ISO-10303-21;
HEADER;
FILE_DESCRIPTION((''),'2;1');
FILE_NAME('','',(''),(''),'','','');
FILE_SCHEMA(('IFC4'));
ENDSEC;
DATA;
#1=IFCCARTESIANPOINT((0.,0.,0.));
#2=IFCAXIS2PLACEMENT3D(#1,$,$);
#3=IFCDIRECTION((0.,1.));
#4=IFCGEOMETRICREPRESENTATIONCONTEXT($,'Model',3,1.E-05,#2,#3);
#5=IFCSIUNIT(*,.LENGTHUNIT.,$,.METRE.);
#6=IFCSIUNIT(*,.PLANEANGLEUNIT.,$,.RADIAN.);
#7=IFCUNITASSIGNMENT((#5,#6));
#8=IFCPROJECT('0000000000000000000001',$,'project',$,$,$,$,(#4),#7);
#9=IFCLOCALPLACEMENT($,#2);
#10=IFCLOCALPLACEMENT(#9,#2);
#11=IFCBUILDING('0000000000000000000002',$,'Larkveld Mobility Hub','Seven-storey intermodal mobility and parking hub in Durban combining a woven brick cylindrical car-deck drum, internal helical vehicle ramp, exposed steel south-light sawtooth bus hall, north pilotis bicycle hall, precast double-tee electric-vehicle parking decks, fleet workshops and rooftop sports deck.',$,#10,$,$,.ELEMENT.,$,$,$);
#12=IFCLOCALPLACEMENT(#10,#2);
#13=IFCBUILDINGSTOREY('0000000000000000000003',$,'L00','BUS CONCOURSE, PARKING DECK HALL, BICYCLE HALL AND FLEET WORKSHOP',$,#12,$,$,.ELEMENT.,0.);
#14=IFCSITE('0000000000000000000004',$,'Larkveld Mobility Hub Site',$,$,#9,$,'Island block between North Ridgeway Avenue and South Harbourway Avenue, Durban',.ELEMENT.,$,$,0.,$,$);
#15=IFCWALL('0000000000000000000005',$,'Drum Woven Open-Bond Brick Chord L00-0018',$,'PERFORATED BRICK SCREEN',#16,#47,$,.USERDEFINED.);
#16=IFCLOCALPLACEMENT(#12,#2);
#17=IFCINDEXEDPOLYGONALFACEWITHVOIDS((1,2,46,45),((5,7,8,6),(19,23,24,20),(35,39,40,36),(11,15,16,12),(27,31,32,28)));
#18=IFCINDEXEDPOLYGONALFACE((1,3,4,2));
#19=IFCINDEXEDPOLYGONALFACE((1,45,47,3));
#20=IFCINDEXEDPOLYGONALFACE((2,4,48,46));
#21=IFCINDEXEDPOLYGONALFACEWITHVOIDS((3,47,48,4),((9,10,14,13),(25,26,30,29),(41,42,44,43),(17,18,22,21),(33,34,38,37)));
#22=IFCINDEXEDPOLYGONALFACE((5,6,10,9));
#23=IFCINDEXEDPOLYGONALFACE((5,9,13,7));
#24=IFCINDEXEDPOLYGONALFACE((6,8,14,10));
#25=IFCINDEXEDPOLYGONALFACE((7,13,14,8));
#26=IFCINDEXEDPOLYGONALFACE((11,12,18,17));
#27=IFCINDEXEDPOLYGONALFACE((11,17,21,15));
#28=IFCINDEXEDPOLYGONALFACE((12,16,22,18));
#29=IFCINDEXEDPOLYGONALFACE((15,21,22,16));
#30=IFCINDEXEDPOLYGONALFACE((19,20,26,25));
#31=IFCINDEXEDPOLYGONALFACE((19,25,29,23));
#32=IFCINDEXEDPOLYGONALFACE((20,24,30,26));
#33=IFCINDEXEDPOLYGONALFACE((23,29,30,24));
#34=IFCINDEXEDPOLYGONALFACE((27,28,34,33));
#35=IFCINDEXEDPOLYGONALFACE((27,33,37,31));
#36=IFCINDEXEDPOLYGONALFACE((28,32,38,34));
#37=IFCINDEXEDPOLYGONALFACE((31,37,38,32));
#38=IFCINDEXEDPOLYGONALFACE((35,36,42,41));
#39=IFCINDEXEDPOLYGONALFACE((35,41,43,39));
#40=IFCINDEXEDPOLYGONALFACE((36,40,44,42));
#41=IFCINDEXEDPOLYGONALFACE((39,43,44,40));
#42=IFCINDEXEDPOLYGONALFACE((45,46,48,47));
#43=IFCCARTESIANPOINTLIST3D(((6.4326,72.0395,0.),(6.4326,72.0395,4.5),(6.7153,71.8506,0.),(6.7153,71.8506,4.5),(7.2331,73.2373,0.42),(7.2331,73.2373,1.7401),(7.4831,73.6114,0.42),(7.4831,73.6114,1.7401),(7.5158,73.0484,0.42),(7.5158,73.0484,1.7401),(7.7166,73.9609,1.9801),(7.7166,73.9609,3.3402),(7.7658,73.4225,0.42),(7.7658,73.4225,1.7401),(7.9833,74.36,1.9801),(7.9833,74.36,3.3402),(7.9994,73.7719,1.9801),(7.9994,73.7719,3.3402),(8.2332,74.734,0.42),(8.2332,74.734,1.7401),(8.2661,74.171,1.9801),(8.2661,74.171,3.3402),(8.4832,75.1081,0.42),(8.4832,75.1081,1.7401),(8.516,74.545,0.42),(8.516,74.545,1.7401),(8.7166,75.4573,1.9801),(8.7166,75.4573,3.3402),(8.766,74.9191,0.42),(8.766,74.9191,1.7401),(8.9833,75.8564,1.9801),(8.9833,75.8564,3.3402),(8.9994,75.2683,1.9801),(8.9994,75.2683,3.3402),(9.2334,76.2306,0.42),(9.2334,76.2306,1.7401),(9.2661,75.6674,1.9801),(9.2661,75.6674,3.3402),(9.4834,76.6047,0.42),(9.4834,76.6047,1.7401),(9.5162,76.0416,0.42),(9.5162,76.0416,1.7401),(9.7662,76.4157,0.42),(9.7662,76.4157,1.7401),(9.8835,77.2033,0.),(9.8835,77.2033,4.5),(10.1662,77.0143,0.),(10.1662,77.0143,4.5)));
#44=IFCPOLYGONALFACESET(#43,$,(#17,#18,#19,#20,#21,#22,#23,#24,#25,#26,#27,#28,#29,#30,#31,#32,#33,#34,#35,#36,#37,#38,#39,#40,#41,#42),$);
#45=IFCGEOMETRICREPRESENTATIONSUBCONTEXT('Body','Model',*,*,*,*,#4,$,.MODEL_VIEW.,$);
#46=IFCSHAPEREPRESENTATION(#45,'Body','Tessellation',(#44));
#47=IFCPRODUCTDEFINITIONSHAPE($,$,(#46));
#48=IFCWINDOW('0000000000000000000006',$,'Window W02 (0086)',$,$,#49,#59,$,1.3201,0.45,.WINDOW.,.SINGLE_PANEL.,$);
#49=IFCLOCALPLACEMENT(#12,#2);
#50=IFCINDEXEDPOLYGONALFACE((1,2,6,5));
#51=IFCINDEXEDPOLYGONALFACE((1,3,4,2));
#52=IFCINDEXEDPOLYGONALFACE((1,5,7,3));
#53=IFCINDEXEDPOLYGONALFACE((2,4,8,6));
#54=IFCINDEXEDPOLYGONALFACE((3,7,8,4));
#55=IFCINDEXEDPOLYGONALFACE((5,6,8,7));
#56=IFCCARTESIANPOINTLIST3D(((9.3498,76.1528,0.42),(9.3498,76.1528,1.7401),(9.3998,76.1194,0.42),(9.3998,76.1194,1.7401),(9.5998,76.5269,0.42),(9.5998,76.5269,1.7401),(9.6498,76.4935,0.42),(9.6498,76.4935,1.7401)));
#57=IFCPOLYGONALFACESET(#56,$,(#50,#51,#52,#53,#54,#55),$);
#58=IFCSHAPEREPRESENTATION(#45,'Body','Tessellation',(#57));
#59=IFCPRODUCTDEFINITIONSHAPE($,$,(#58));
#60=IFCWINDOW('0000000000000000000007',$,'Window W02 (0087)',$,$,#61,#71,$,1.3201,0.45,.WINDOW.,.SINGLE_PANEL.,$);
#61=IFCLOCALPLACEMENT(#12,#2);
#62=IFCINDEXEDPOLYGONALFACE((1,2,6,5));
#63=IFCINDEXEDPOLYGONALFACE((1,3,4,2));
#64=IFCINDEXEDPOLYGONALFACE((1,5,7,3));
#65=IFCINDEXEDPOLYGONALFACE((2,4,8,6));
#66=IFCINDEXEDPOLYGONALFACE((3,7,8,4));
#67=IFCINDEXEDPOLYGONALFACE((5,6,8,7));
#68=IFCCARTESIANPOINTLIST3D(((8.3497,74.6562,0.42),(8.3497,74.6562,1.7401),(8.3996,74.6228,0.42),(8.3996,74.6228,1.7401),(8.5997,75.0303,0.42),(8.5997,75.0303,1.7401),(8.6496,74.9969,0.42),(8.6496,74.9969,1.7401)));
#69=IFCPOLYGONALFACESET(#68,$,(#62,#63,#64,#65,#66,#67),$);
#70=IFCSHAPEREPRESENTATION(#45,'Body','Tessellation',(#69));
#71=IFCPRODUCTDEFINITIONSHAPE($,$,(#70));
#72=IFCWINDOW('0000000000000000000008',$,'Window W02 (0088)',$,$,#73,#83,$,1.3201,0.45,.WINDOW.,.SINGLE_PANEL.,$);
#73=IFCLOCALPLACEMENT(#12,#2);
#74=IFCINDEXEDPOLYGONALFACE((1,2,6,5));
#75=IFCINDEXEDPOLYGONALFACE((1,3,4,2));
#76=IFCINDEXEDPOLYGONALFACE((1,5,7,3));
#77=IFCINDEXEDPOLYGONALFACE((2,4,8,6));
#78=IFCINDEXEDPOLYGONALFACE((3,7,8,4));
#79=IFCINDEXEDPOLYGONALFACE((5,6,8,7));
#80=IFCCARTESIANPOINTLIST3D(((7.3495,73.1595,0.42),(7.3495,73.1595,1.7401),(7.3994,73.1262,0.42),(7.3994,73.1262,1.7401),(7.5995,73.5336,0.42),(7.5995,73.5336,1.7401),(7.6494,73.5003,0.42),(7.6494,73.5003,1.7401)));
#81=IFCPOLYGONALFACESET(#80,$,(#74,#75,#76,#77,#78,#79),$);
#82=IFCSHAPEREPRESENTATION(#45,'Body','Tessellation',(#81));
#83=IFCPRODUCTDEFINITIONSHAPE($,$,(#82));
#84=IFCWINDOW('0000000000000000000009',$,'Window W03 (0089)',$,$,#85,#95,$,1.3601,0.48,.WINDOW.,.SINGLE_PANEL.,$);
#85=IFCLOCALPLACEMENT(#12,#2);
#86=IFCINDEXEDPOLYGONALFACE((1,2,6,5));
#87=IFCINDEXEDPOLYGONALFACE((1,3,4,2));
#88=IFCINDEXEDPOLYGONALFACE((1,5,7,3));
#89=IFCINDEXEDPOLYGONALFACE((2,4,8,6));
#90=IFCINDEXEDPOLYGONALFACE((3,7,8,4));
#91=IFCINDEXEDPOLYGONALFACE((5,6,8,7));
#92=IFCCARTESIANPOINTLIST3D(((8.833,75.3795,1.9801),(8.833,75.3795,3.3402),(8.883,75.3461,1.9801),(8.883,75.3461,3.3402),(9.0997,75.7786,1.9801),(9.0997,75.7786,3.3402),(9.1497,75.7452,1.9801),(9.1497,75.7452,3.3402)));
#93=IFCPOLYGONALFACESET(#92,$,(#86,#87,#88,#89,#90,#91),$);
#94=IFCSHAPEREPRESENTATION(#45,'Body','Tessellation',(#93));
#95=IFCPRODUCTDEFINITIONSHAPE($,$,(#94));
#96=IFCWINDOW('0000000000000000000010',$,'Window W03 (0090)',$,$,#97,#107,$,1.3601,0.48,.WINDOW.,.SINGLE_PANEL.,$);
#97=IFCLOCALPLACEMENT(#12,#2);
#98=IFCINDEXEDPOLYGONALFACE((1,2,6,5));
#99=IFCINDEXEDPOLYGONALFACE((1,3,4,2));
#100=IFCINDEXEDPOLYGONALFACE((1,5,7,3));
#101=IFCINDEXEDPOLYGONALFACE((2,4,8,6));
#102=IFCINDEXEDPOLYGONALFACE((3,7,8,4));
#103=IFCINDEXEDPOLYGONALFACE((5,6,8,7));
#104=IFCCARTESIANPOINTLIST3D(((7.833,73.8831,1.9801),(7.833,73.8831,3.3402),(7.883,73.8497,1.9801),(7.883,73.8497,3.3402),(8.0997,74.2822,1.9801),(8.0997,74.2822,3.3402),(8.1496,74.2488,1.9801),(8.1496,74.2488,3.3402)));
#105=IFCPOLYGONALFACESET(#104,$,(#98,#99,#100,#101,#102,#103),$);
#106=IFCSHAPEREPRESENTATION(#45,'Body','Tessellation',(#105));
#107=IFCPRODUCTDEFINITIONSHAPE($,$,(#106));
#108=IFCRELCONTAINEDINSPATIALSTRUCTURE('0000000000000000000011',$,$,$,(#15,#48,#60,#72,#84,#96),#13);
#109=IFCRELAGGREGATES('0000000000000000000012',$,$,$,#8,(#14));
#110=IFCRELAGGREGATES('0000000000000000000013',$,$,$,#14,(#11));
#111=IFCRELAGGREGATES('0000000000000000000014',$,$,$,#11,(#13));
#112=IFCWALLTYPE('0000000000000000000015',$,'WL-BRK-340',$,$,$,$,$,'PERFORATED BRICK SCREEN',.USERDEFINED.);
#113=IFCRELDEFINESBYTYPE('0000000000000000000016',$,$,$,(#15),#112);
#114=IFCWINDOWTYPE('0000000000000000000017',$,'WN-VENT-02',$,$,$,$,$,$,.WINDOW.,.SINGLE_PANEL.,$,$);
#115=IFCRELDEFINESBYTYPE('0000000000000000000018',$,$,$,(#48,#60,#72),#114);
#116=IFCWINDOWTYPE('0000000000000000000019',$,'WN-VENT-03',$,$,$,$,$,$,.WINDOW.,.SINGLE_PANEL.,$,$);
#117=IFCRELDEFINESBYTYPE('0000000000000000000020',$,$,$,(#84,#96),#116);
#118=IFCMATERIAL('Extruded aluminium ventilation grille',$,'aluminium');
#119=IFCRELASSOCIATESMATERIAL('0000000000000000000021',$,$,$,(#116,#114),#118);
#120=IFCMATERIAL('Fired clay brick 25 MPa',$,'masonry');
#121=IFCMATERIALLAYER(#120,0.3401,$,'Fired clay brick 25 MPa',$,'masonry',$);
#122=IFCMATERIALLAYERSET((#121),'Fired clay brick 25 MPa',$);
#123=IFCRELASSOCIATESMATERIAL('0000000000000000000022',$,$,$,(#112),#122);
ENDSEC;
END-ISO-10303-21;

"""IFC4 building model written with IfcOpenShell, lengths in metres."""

from ifc_helpers import new_model, si_unit, direction, frame, frame_2d, origin, place, context, subcontext, project, spatial, rectangle, extrude, material, layer, layer_set, type_object, element, fill, save


model = new_model("IFC4")

# Units and contexts
model_context = context("Model", 3, precision=1e-05, world=origin(), true_north=direction((0.0, 1.0)))
body_context = subcontext(model_context, "Body", "Model", "MODEL_VIEW")
ifc_project = project(units=[si_unit("LENGTHUNIT", "METRE"), si_unit("PLANEANGLEUNIT", "RADIAN")], contexts=[model_context])

# Site, building, storey
site_placement = place(None, origin())
site = spatial("IfcSite", under=ifc_project, at=site_placement, Name="Larkveld Mobility Hub Site", LongName="Island block between North Ridgeway Avenue and South Harbourway Avenue, Durban", CompositionType="ELEMENT", RefElevation=0.0)
building_placement = place(site_placement, origin())
building = spatial("IfcBuilding", under=site, at=building_placement, Name="Larkveld Mobility Hub", Description="Seven-storey intermodal mobility and parking hub in Durban combining a woven brick cylindrical car-deck drum, internal helical vehicle ramp, exposed steel south-light sawtooth bus hall, north pilotis bicycle hall, precast double-tee electric-vehicle parking decks, fleet workshops and rooftop sports deck.", CompositionType="ELEMENT")
storey_placement = place(building_placement, origin())
storey = spatial("IfcBuildingStorey", under=building, at=storey_placement, Name="L00", Description="BUS CONCOURSE, PARKING DECK HALL, BICYCLE HALL AND FLEET WORKSHOP", CompositionType="ELEMENT", Elevation=0.0)

# Wall, openings, windows
ifc_material_1 = material(Name="Fired clay brick 25 MPa", Category="masonry")
ifc_material_2 = material(Name="Extruded aluminium ventilation grille", Category="aluminium")
window_type_1 = type_object("IfcWindowType", Name="WN-VENT-03", PartitioningType="SINGLE_PANEL", PredefinedType="WINDOW", material=ifc_material_2)
ifc_layer_1 = layer(ifc_material_1, 0.3401, Name="Fired clay brick 25 MPa", Category="masonry")
ifc_layer_set_1 = layer_set([ifc_layer_1], Name="Fired clay brick 25 MPa")
wall_type_1 = type_object("IfcWallType", Name="WL-BRK-340", ElementType="PERFORATED BRICK SCREEN", PredefinedType="USERDEFINED", material=ifc_layer_set_1)
wall_1_placement = place(storey_placement, frame((10.0249, 77.1089, 0.0), z_axis=(0.0, 0.0, 1.0), x_axis=(-0.555634, -0.831427, 0.0)))
wall_1 = element("IfcWall", 1, at=wall_1_placement, inside=storey, type_object=wall_type_1, Name="Drum Woven Open-Bond Brick Chord L00-0018", ObjectType="PERFORATED BRICK SCREEN", PredefinedType="USERDEFINED", context=body_context, shape_type="SweptSolid", body=[
    extrude(rectangle(XDim=6.2107, YDim=0.3401, at=frame_2d((3.1055, 0.0))), origin(), (0.0, 0.0, 1.0), 4.5),
])
opening_1_placement = place(wall_1_placement, frame((0.72, 0.0, 0.4199)))
opening_1 = element("IfcOpeningElement", 2, at=opening_1_placement, cuts=wall_1, PredefinedType="OPENING", context=body_context, shape_type="SweptSolid", body=[
    extrude(rectangle(XDim=0.45, YDim=1.3201, at=frame_2d((0.2251, 0.6602))), frame((0.0, 0.1802, 0.0), z_axis=(0.0, -1.0, 0.0), x_axis=(1.0, 0.0, 0.0)), (0.0, 0.0, 1.0), 0.3601),
])
opening_2_placement = place(wall_1_placement, frame((2.52, 0.0, 0.4199)))
opening_2 = element("IfcOpeningElement", 3, at=opening_2_placement, cuts=wall_1, PredefinedType="OPENING", context=body_context, shape_type="SweptSolid", body=[
    extrude(rectangle(XDim=0.45, YDim=1.3201, at=frame_2d((0.2251, 0.6602))), frame((0.0, 0.1802, 0.0), z_axis=(0.0, -1.0, 0.0), x_axis=(1.0, 0.0, 0.0)), (0.0, 0.0, 1.0), 0.3601),
])
opening_3_placement = place(wall_1_placement, frame((4.3201, 0.0, 0.4199)))
opening_3 = element("IfcOpeningElement", 4, at=opening_3_placement, cuts=wall_1, PredefinedType="OPENING", context=body_context, shape_type="SweptSolid", body=[
    extrude(rectangle(XDim=0.45, YDim=1.3201, at=frame_2d((0.2251, 0.6602))), frame((0.0, 0.1802, 0.0), z_axis=(0.0, -1.0, 0.0), x_axis=(1.0, 0.0, 0.0)), (0.0, 0.0, 1.0), 0.3601),
])
opening_4_placement = place(wall_1_placement, frame((1.6201, 0.0, 1.98)))
opening_4 = element("IfcOpeningElement", 5, at=opening_4_placement, cuts=wall_1, PredefinedType="OPENING", context=body_context, shape_type="SweptSolid", body=[
    extrude(rectangle(XDim=0.48, YDim=1.3601, at=frame_2d((0.24, 0.6802))), frame((0.0, 0.1802, 0.0), z_axis=(0.0, -1.0, 0.0), x_axis=(1.0, 0.0, 0.0)), (0.0, 0.0, 1.0), 0.3601),
])
opening_5_placement = place(wall_1_placement, frame((3.4199, 0.0, 1.98)))
opening_5 = element("IfcOpeningElement", 6, at=opening_5_placement, cuts=wall_1, PredefinedType="OPENING", context=body_context, shape_type="SweptSolid", body=[
    extrude(rectangle(XDim=0.48, YDim=1.3601, at=frame_2d((0.24, 0.6802))), frame((0.0, 0.1802, 0.0), z_axis=(0.0, -1.0, 0.0), x_axis=(1.0, 0.0, 0.0)), (0.0, 0.0, 1.0), 0.3601),
])
window_type_2 = type_object("IfcWindowType", Name="WN-VENT-02", PartitioningType="SINGLE_PANEL", PredefinedType="WINDOW", material=ifc_material_2)
window_1_placement = place(opening_1_placement, origin())
window_1 = element("IfcWindow", 7, at=window_1_placement, inside=storey, type_object=window_type_2, Name="Window W02 (0086)", OverallHeight=1.3201, OverallWidth=0.45, PartitioningType="SINGLE_PANEL", PredefinedType="WINDOW", context=body_context, shape_type="SweptSolid", body=[
    extrude(rectangle(XDim=0.45, YDim=1.3201, at=frame_2d((0.2251, 0.6602))), frame((0.0, 0.03, 0.0), z_axis=(0.0, -1.0, 0.0), x_axis=(1.0, 0.0, 0.0)), (0.0, 0.0, 1.0), 0.0601),
])
fill(opening_1, window_1)
window_2_placement = place(opening_2_placement, origin())
window_2 = element("IfcWindow", 8, at=window_2_placement, inside=storey, type_object=window_type_2, Name="Window W02 (0087)", OverallHeight=1.3201, OverallWidth=0.45, PartitioningType="SINGLE_PANEL", PredefinedType="WINDOW", context=body_context, shape_type="SweptSolid", body=[
    extrude(rectangle(XDim=0.45, YDim=1.3201, at=frame_2d((0.2251, 0.6602))), frame((0.0, 0.03, 0.0), z_axis=(0.0, -1.0, 0.0), x_axis=(1.0, 0.0, 0.0)), (0.0, 0.0, 1.0), 0.0601),
])
fill(opening_2, window_2)
window_3_placement = place(opening_3_placement, origin())
window_3 = element("IfcWindow", 9, at=window_3_placement, inside=storey, type_object=window_type_2, Name="Window W02 (0088)", OverallHeight=1.3201, OverallWidth=0.45, PartitioningType="SINGLE_PANEL", PredefinedType="WINDOW", context=body_context, shape_type="SweptSolid", body=[
    extrude(rectangle(XDim=0.45, YDim=1.3201, at=frame_2d((0.2251, 0.6602))), frame((0.0, 0.03, 0.0), z_axis=(0.0, -1.0, 0.0), x_axis=(1.0, 0.0, 0.0)), (0.0, 0.0, 1.0), 0.0601),
])
fill(opening_3, window_3)
window_4_placement = place(opening_4_placement, origin())
window_4 = element("IfcWindow", 10, at=window_4_placement, inside=storey, type_object=window_type_1, Name="Window W03 (0089)", OverallHeight=1.3601, OverallWidth=0.48, PartitioningType="SINGLE_PANEL", PredefinedType="WINDOW", context=body_context, shape_type="SweptSolid", body=[
    extrude(rectangle(XDim=0.48, YDim=1.3601, at=frame_2d((0.24, 0.6802))), frame((0.0, 0.03, 0.0), z_axis=(0.0, -1.0, 0.0), x_axis=(1.0, 0.0, 0.0)), (0.0, 0.0, 1.0), 0.0601),
])
fill(opening_4, window_4)
window_5_placement = place(opening_5_placement, origin())
window_5 = element("IfcWindow", 11, at=window_5_placement, inside=storey, type_object=window_type_1, Name="Window W03 (0090)", OverallHeight=1.3601, OverallWidth=0.48, PartitioningType="SINGLE_PANEL", PredefinedType="WINDOW", context=body_context, shape_type="SweptSolid", body=[
    extrude(rectangle(XDim=0.48, YDim=1.3601, at=frame_2d((0.24, 0.6802))), frame((0.0, 0.03, 0.0), z_axis=(0.0, -1.0, 0.0), x_axis=(1.0, 0.0, 0.0)), (0.0, 0.0, 1.0), 0.0601),
])
fill(opening_5, window_5)

save(model, "model.ifc")
